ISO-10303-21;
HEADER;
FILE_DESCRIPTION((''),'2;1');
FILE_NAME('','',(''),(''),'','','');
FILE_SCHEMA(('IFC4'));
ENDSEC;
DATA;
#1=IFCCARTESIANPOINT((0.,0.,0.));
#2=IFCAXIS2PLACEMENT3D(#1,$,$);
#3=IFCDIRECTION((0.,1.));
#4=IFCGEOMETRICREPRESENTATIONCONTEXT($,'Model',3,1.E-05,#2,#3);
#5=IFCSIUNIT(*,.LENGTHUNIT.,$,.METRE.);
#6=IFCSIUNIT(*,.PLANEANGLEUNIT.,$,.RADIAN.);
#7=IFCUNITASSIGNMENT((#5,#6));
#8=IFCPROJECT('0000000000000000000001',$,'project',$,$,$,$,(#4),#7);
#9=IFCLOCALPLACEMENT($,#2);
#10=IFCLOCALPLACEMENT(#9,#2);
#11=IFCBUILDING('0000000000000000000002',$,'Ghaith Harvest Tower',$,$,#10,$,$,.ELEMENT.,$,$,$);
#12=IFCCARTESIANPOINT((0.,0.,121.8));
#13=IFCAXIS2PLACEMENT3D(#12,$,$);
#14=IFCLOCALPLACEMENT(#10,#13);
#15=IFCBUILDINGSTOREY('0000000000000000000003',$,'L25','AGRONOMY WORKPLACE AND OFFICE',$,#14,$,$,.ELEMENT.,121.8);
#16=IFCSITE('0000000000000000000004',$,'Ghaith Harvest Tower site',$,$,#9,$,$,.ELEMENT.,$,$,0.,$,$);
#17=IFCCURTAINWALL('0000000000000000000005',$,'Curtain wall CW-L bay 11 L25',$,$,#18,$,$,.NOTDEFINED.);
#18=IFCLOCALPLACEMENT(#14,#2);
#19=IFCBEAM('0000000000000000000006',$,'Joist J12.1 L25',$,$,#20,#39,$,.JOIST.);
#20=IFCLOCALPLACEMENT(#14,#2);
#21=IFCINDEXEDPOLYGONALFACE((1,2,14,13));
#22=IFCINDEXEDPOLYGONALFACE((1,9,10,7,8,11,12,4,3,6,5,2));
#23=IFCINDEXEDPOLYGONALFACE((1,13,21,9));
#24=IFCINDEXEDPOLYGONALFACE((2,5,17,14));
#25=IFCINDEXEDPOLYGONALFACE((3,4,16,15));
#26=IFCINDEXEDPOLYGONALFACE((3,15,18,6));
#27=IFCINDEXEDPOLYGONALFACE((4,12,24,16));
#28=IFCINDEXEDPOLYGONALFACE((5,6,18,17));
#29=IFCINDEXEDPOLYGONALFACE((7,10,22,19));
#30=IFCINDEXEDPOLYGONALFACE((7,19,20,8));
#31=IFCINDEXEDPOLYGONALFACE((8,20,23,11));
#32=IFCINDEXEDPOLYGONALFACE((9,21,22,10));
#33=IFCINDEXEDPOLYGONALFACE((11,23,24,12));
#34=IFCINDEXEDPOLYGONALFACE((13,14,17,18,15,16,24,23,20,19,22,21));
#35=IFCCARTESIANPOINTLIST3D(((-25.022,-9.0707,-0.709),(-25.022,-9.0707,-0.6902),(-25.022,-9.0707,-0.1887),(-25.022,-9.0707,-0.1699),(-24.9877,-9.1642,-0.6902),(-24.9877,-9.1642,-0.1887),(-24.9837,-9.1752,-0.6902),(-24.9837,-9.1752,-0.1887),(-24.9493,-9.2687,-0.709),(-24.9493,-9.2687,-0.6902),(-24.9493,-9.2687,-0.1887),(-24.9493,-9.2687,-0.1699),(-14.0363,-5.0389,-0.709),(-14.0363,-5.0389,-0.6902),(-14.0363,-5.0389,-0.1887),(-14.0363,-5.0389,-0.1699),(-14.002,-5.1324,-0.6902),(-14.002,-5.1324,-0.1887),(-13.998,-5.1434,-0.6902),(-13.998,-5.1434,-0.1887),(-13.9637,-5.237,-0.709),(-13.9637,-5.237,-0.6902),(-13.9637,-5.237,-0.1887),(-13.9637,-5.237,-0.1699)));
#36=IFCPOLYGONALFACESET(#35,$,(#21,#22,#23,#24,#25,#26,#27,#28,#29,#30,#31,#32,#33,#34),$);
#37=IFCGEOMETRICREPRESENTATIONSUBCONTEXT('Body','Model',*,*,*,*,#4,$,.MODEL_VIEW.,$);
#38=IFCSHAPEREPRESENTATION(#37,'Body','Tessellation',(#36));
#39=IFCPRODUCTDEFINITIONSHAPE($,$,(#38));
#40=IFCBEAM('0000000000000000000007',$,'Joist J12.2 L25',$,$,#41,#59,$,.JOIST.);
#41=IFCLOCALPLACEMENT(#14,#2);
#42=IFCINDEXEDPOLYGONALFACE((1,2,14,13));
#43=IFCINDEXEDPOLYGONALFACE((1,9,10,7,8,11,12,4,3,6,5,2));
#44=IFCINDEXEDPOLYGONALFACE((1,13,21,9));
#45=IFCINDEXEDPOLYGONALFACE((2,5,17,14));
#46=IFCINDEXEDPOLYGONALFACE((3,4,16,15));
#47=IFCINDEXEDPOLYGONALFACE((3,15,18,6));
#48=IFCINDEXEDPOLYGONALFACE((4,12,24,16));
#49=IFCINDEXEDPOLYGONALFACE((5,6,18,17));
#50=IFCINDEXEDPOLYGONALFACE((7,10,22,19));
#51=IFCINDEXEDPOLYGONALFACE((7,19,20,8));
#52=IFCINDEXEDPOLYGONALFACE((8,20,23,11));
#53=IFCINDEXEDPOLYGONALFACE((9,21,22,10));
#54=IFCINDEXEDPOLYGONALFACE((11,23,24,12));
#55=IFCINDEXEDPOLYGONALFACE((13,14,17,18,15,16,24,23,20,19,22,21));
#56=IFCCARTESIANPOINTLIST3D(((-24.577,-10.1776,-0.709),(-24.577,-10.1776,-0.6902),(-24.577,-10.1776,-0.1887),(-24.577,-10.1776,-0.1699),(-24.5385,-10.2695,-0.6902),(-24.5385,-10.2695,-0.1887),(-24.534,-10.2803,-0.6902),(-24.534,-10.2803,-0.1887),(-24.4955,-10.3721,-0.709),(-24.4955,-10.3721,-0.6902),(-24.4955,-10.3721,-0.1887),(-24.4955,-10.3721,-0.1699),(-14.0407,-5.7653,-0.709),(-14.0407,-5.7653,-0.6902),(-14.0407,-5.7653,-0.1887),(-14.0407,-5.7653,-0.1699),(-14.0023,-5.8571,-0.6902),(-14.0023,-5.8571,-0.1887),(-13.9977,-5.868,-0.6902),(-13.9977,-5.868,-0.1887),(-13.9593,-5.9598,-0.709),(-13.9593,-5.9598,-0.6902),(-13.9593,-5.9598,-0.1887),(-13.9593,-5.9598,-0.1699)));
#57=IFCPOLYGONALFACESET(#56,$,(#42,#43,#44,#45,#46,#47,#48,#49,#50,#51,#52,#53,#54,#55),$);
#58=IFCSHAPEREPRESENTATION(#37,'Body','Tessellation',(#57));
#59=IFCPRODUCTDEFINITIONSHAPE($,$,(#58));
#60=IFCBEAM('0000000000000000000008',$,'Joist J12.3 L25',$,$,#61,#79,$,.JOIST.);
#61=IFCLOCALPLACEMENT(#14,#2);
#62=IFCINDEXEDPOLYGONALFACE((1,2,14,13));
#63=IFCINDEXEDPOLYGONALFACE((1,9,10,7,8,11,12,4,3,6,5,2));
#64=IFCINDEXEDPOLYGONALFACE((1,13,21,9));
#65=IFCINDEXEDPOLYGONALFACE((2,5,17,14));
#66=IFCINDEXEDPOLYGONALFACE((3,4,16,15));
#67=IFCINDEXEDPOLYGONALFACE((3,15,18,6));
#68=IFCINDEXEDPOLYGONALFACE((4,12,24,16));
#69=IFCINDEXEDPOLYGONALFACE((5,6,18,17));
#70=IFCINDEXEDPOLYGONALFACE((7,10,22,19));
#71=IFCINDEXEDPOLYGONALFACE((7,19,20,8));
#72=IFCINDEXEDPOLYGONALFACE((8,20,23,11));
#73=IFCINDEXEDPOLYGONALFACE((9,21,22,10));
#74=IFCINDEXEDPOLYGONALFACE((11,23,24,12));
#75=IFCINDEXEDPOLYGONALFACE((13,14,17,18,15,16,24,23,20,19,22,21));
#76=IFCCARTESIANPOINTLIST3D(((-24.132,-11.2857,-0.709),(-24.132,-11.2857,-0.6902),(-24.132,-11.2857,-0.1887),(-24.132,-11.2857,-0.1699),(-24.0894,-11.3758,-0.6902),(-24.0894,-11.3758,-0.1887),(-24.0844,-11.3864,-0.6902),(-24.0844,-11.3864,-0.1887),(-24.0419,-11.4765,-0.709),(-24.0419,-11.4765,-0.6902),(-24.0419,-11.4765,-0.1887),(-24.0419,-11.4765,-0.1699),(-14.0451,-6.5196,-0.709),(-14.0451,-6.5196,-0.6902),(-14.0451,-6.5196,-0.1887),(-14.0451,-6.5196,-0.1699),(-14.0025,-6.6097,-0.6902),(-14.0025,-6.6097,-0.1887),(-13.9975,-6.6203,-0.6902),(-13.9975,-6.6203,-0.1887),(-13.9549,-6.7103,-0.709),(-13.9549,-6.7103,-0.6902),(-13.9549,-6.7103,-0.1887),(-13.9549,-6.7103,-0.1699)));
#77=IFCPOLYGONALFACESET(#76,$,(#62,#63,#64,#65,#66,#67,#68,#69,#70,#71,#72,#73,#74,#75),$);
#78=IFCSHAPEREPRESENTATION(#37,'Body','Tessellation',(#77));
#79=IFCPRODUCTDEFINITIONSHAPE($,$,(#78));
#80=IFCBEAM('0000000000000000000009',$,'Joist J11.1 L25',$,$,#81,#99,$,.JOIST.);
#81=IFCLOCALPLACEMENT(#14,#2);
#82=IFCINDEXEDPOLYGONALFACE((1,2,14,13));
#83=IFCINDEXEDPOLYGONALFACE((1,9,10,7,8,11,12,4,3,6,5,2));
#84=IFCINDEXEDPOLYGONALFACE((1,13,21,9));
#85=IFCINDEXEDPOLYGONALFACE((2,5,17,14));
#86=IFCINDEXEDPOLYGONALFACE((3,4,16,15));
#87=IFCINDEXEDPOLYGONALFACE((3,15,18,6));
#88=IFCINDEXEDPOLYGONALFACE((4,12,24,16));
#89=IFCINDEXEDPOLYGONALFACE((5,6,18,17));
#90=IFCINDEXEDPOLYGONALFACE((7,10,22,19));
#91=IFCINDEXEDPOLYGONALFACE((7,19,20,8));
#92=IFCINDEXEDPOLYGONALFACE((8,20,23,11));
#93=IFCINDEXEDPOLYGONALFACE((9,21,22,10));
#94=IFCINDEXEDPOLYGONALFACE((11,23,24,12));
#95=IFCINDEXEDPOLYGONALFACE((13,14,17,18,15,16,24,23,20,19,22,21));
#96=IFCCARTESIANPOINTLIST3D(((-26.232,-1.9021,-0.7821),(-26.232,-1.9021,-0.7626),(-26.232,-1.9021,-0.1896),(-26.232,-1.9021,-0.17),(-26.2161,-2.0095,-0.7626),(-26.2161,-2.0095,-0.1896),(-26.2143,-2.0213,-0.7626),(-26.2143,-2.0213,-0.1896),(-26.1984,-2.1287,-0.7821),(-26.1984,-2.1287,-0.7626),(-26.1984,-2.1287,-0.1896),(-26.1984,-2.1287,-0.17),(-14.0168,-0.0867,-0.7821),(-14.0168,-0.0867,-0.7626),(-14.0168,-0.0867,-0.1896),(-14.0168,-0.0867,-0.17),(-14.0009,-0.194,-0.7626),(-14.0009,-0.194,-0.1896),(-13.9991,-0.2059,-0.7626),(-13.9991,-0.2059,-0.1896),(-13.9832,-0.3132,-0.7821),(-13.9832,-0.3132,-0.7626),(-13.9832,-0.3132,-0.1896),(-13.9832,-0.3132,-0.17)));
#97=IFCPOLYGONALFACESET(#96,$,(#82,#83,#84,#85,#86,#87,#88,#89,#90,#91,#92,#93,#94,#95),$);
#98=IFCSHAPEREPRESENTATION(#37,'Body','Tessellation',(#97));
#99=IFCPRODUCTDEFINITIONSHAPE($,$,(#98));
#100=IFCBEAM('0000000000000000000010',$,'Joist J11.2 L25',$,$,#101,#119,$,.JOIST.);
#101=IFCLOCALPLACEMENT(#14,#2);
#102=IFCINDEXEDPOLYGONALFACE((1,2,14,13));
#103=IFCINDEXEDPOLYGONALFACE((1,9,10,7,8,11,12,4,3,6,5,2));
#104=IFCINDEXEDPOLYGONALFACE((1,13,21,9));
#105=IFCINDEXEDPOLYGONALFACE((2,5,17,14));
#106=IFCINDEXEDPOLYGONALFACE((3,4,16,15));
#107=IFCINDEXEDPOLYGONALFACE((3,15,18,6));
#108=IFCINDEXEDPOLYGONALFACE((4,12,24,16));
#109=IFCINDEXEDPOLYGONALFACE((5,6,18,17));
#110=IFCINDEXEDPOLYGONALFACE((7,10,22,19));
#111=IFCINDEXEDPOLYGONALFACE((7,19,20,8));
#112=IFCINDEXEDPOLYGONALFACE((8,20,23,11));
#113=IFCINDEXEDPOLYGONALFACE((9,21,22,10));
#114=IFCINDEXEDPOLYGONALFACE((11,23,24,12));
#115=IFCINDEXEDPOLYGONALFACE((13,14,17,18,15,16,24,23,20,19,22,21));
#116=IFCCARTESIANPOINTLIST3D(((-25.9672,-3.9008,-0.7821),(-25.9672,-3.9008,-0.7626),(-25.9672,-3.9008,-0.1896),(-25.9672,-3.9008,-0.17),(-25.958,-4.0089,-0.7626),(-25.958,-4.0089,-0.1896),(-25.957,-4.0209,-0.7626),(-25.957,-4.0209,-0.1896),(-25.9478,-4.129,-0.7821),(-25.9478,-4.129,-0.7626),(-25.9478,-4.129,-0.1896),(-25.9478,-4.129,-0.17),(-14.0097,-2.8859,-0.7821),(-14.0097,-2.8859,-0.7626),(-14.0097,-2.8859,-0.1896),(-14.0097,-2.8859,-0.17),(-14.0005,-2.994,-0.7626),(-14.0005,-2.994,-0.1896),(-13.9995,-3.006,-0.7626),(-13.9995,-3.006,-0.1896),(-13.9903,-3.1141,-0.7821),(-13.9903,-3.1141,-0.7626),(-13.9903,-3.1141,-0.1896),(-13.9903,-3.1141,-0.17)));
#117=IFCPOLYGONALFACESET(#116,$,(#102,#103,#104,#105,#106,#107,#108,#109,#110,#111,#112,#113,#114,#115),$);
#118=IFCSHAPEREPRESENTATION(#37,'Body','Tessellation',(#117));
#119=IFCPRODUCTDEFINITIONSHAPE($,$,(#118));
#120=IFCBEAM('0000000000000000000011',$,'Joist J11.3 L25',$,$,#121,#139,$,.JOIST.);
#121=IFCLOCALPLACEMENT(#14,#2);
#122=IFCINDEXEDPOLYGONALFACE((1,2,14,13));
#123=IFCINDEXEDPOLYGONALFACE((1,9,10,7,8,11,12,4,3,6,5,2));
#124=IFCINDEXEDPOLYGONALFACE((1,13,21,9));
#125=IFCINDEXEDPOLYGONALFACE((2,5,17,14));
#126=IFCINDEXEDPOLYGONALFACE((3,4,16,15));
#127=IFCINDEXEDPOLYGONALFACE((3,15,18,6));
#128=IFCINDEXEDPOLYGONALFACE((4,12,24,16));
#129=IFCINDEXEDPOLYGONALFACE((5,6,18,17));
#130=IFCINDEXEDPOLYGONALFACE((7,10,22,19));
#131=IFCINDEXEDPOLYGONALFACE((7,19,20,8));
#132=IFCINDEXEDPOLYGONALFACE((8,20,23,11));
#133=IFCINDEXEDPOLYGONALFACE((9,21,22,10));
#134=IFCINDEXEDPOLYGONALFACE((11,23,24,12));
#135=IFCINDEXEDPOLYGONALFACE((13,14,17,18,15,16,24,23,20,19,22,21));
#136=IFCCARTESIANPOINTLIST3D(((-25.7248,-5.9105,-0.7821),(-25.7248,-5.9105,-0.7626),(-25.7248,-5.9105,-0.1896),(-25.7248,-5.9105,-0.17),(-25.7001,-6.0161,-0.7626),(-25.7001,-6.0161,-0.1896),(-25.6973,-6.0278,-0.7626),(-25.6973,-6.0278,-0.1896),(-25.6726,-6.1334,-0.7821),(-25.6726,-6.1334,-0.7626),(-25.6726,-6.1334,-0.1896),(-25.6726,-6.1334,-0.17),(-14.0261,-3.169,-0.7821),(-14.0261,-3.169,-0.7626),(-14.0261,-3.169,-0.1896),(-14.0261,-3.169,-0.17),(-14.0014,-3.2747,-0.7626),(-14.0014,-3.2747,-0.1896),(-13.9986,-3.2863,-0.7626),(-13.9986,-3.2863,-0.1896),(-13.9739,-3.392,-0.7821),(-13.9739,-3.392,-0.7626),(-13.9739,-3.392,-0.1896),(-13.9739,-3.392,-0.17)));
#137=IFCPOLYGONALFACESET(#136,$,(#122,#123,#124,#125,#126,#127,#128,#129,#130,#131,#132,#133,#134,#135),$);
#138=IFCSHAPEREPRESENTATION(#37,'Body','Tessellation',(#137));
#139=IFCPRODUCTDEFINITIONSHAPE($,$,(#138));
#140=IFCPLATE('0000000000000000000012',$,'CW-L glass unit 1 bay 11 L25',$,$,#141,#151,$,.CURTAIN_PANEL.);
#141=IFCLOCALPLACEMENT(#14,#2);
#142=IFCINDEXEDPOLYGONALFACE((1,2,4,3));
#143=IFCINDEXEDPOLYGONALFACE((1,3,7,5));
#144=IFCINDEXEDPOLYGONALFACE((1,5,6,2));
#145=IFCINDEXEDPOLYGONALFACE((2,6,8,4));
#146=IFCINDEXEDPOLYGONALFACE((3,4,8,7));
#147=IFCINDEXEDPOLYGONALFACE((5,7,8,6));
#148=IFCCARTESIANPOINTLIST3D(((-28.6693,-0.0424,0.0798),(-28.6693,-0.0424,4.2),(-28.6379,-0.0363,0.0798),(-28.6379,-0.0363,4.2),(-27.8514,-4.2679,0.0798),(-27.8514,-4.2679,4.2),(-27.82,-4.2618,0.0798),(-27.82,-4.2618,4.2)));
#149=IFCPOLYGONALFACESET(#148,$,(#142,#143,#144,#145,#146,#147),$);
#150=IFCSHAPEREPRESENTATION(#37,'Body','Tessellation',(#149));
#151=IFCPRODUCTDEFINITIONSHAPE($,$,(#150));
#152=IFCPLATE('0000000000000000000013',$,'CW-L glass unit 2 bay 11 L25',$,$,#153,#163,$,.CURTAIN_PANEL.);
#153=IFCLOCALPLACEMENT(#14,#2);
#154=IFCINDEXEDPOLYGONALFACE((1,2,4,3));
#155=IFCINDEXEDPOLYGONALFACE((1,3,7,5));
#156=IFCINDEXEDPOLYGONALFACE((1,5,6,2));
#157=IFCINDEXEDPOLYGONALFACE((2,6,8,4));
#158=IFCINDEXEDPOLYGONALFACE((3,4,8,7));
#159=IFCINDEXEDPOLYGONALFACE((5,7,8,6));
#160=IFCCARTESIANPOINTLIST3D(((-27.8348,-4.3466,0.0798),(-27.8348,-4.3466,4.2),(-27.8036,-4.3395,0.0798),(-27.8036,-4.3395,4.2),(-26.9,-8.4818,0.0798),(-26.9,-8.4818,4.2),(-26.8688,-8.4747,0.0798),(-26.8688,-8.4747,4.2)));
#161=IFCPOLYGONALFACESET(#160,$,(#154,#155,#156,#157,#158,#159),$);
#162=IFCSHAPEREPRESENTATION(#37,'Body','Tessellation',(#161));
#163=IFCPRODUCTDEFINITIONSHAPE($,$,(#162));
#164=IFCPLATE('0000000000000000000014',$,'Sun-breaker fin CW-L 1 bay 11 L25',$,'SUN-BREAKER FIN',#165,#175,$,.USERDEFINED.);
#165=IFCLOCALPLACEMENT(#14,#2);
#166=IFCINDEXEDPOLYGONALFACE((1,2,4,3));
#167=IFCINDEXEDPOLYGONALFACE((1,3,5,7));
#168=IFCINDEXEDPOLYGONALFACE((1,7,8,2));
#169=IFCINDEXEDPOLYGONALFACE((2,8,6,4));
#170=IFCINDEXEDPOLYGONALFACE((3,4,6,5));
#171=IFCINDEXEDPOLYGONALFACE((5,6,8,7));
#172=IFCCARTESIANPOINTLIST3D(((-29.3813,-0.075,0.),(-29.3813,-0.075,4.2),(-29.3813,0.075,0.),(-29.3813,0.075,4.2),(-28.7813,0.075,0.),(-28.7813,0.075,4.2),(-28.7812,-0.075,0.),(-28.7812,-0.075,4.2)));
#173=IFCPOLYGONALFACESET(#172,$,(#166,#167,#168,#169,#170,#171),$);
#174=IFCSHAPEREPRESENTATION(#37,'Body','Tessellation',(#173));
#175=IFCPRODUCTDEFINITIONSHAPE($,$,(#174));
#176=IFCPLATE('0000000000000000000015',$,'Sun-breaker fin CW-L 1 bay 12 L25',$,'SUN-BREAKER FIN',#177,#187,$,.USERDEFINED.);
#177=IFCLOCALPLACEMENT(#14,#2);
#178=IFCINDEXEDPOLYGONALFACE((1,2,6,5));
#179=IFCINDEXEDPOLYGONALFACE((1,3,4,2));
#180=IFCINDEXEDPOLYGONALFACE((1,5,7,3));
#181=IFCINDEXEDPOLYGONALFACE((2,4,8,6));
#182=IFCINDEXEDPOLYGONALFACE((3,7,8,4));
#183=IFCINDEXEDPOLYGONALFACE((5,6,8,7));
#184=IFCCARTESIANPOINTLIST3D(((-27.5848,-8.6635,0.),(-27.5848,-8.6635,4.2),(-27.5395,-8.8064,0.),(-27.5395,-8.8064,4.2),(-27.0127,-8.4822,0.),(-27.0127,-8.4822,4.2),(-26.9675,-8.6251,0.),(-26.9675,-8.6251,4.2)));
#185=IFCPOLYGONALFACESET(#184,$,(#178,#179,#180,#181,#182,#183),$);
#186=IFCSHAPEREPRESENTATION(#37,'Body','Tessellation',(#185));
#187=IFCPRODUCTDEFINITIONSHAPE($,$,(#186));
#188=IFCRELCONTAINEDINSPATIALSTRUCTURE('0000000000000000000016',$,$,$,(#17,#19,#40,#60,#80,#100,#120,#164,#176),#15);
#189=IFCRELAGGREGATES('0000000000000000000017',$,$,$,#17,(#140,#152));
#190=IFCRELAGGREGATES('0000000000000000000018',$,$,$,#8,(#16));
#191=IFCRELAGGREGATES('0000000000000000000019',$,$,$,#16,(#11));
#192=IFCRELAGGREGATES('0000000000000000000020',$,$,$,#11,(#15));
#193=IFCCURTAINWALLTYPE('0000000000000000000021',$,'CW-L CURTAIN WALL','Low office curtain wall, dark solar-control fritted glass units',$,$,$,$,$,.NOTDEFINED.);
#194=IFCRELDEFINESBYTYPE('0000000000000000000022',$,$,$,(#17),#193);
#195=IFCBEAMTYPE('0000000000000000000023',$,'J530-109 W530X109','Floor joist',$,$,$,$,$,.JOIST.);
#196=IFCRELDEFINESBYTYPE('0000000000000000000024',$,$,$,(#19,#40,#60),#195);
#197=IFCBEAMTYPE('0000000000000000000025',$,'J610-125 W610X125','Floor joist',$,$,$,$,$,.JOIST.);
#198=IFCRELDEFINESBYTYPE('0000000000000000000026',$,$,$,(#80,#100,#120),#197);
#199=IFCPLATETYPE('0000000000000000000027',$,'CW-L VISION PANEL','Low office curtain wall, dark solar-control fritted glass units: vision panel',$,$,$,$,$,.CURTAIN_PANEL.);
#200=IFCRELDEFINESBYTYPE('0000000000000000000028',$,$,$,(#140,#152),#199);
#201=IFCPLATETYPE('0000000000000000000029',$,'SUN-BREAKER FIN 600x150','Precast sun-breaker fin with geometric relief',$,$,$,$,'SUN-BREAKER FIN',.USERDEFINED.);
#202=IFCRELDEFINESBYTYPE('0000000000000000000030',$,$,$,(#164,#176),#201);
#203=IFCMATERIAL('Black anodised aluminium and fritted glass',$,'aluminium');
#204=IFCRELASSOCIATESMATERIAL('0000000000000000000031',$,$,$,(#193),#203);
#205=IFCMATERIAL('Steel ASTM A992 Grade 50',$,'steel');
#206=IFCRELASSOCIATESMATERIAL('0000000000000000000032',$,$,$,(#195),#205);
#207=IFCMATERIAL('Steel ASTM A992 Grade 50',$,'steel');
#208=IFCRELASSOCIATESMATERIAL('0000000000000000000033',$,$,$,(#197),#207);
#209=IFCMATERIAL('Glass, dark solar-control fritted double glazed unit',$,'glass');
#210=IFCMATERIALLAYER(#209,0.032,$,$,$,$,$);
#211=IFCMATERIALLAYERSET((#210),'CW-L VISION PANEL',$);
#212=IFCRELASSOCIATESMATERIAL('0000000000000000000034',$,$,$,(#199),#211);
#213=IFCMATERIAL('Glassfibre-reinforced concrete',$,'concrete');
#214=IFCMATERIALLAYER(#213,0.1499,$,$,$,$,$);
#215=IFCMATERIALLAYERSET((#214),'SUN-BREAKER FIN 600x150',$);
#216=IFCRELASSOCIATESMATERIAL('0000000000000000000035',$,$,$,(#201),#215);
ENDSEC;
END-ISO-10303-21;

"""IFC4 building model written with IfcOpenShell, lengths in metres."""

from ifc_helpers import new_model, si_unit, direction, frame, origin, origin_2d, place, context, subcontext, project, spatial, rectangle, i_section, extrude, material, layer, layer_set, material_profile, profile_set, type_object, element, aggregate, save


model = new_model("IFC4")

# Units and contexts
model_context = context("Model", 3, precision=1e-05, world=origin(), true_north=direction((0.0, 1.0)))
body_context = subcontext(model_context, "Body", "Model", "MODEL_VIEW")
ifc_project = project(units=[si_unit("LENGTHUNIT", "METRE"), si_unit("PLANEANGLEUNIT", "RADIAN")], contexts=[model_context])

# Site, building, storey
site_placement = place(None, origin())
site = spatial("IfcSite", under=ifc_project, at=site_placement, Name="Ghaith Harvest Tower site", CompositionType="ELEMENT", RefElevation=0.0)
building_placement = place(site_placement, origin())
building = spatial("IfcBuilding", under=site, at=building_placement, Name="Ghaith Harvest Tower", CompositionType="ELEMENT")
storey_placement = place(building_placement, frame((0.0, 0.0, 121.8)))
storey = spatial("IfcBuildingStorey", under=building, at=storey_placement, Name="L25", Description="AGRONOMY WORKPLACE AND OFFICE", CompositionType="ELEMENT", Elevation=121.8)

# Curtain wall
ifc_material_1 = material(Name="Black anodised aluminium and fritted glass", Category="aluminium")
curtain_wall_type = type_object("IfcCurtainWallType", Name="CW-L CURTAIN WALL", Description="Low office curtain wall, dark solar-control fritted glass units", PredefinedType="NOTDEFINED", material=ifc_material_1)
curtain_wall_1_placement = place(storey_placement, origin())
curtain_wall_1 = element("IfcCurtainWall", 1, at=curtain_wall_1_placement, inside=storey, type_object=curtain_wall_type, Name="Curtain wall CW-L bay 11 L25", PredefinedType="NOTDEFINED")

# Beams
ifc_material_2 = material(Name="Steel ASTM A992 Grade 50", Category="steel")
ifc_material_profile_1 = material_profile(ifc_material_2, i_section(OverallWidth=0.2109, OverallDepth=0.5391, WebThickness=0.0117, FlangeThickness=0.0188, at=origin_2d()), Name="W530X109")
ifc_profile_set_1 = profile_set([ifc_material_profile_1], Name="Steel ASTM A992 Grade 50")
beam_type_1 = type_object("IfcBeamType", Name="J530-109 W530X109", Description="Floor joist", PredefinedType="JOIST", material=ifc_profile_set_1)
beam_1_placement = place(storey_placement, frame((-14.0, -5.1379, -0.4395), z_axis=(-0.938774, -0.344532, 0.0), x_axis=(0.344532, -0.938774, 0.0)))
element("IfcBeam", 2, at=beam_1_placement, inside=storey, type_object=beam_type_1, Name="Joist J12.1 L25", PredefinedType="JOIST", context=body_context, shape_type="SweptSolid", body=[
    extrude(i_section(OverallWidth=0.2109, OverallDepth=0.5391, WebThickness=0.0117, FlangeThickness=0.0188, at=origin_2d()), origin(), (0.0, 0.0, 1.0), 11.7021),
])
beam_2_placement = place(storey_placement, frame((-14.0, -5.8625, -0.4395), z_axis=(-0.922386, -0.38627, 0.0), x_axis=(0.38627, -0.922386, 0.0)))
element("IfcBeam", 3, at=beam_2_placement, inside=storey, type_object=beam_type_1, Name="Joist J12.2 L25", PredefinedType="JOIST", context=body_context, shape_type="SweptSolid", body=[
    extrude(i_section(OverallWidth=0.2109, OverallDepth=0.5391, WebThickness=0.0117, FlangeThickness=0.0188, at=origin_2d()), origin(), (0.0, 0.0, 1.0), 11.4229),
])
beam_3_placement = place(storey_placement, frame((-14.0, -6.615, -0.4395), z_axis=(-0.90415, -0.427215, 0.0), x_axis=(0.427215, -0.90415, 0.0)))
element("IfcBeam", 4, at=beam_3_placement, inside=storey, type_object=beam_type_1, Name="Joist J12.3 L25", PredefinedType="JOIST", context=body_context, shape_type="SweptSolid", body=[
    extrude(i_section(OverallWidth=0.2109, OverallDepth=0.5391, WebThickness=0.0117, FlangeThickness=0.0188, at=origin_2d()), origin(), (0.0, 0.0, 1.0), 11.1562),
])
ifc_material_3 = material(Name="Steel ASTM A992 Grade 50", Category="steel")
ifc_material_profile_2 = material_profile(ifc_material_3, i_section(OverallWidth=0.229, OverallDepth=0.6121, WebThickness=0.012, FlangeThickness=0.0195, at=origin_2d()), Name="W610X125")
ifc_profile_set_2 = profile_set([ifc_material_profile_2], Name="Steel ASTM A992 Grade 50")
beam_type_2 = type_object("IfcBeamType", Name="J610-125 W610X125", Description="Floor joist", PredefinedType="JOIST", material=ifc_profile_set_2)
beam_4_placement = place(storey_placement, frame((-14.0, -0.2, -0.4761), z_axis=(-0.989135, -0.147007, 0.0), x_axis=(0.147007, -0.989135, 0.0)))
element("IfcBeam", 5, at=beam_4_placement, inside=storey, type_object=beam_type_2, Name="Joist J11.1 L25", PredefinedType="JOIST", context=body_context, shape_type="SweptSolid", body=[
    extrude(i_section(OverallWidth=0.229, OverallDepth=0.6121, WebThickness=0.012, FlangeThickness=0.0195, at=origin_2d()), origin(), (0.0, 0.0, 1.0), 12.3494),
])
beam_5_placement = place(storey_placement, frame((-14.0, -3.0, -0.4761), z_axis=(-0.996417, -0.084571, 0.0), x_axis=(0.084571, -0.996417, 0.0)))
element("IfcBeam", 6, at=beam_5_placement, inside=storey, type_object=beam_type_2, Name="Joist J11.2 L25", PredefinedType="JOIST", context=body_context, shape_type="SweptSolid", body=[
    extrude(i_section(OverallWidth=0.229, OverallDepth=0.6121, WebThickness=0.012, FlangeThickness=0.0195, at=origin_2d()), origin(), (0.0, 0.0, 1.0), 12.0005),
])
beam_6_placement = place(storey_placement, frame((-14.0, -3.2805, -0.4761), z_axis=(-0.973624, -0.228157, 0.0), x_axis=(0.228157, -0.973624, 0.0)))
element("IfcBeam", 7, at=beam_6_placement, inside=storey, type_object=beam_type_2, Name="Joist J11.3 L25", PredefinedType="JOIST", context=body_context, shape_type="SweptSolid", body=[
    extrude(i_section(OverallWidth=0.229, OverallDepth=0.6121, WebThickness=0.012, FlangeThickness=0.0195, at=origin_2d()), origin(), (0.0, 0.0, 1.0), 12.0156),
])

# Plates
ifc_material_4 = material(Name="Glass, dark solar-control fritted double glazed unit", Category="glass")
ifc_layer_1 = layer(ifc_material_4, 0.032)
ifc_layer_set_1 = layer_set([ifc_layer_1], Name="CW-L VISION PANEL")
plate_type_1 = type_object("IfcPlateType", Name="CW-L VISION PANEL", Description="Low office curtain wall, dark solar-control fritted glass units: vision panel", PredefinedType="CURTAIN_PANEL", material=ifc_layer_set_1)
plate_1_placement = place(storey_placement, frame((-28.2446, -2.1521, 0.0798), z_axis=(0.0, 0.0, 1.0), x_axis=(0.190045, -0.981775, 0.0)))
plate_1 = element("IfcPlate", 8, at=plate_1_placement, type_object=plate_type_1, Name="CW-L glass unit 1 bay 11 L25", PredefinedType="CURTAIN_PANEL", context=body_context, shape_type="SweptSolid", body=[
    extrude(rectangle(XDim=4.304, YDim=0.032, at=origin_2d()), origin(), (0.0, 0.0, 1.0), 4.1201),
])
plate_2_placement = place(storey_placement, frame((-27.3518, -6.4106, 0.0798), z_axis=(0.0, 0.0, 1.0), x_axis=(0.220483, -0.975391, 0.0)))
plate_2 = element("IfcPlate", 9, at=plate_2_placement, type_object=plate_type_1, Name="CW-L glass unit 2 bay 11 L25", PredefinedType="CURTAIN_PANEL", context=body_context, shape_type="SweptSolid", body=[
    extrude(rectangle(XDim=4.2395, YDim=0.032, at=origin_2d()), origin(), (0.0, 0.0, 1.0), 4.1201),
])
aggregate(curtain_wall_1, [plate_1, plate_2])

# Plates
ifc_material_5 = material(Name="Glassfibre-reinforced concrete", Category="concrete")
ifc_layer_2 = layer(ifc_material_5, 0.1499)
ifc_layer_set_2 = layer_set([ifc_layer_2], Name="SUN-BREAKER FIN 600x150")
plate_type_2 = type_object("IfcPlateType", Name="SUN-BREAKER FIN 600x150", Description="Precast sun-breaker fin with geometric relief", ElementType="SUN-BREAKER FIN", PredefinedType="USERDEFINED", material=ifc_layer_set_2)
for number, where, z_axis, x_axis, name in (
    (10, (-29.0813, 0.0, 0.0), (0.0, 0.0, 1.0), (-1.0, 0.0, 0.0), "Sun-breaker fin CW-L 1 bay 11 L25"),
    (11, (-27.2761, -8.6443, 0.0), (0.0, 0.0, 1.0), (-0.953273, -0.30211, 0.0), "Sun-breaker fin CW-L 1 bay 12 L25"),
):
    element("IfcPlate", number, at=place(storey_placement, frame(where, z_axis=z_axis, x_axis=x_axis)), inside=storey, type_object=plate_type_2, Name=name, ObjectType="SUN-BREAKER FIN", PredefinedType="USERDEFINED", context=body_context, shape_type="SweptSolid", body=[
        extrude(rectangle(XDim=0.6001, YDim=0.1499, at=origin_2d()), origin(), (0.0, 0.0, 1.0), 4.2),
    ])

save(model, "model.ifc")
